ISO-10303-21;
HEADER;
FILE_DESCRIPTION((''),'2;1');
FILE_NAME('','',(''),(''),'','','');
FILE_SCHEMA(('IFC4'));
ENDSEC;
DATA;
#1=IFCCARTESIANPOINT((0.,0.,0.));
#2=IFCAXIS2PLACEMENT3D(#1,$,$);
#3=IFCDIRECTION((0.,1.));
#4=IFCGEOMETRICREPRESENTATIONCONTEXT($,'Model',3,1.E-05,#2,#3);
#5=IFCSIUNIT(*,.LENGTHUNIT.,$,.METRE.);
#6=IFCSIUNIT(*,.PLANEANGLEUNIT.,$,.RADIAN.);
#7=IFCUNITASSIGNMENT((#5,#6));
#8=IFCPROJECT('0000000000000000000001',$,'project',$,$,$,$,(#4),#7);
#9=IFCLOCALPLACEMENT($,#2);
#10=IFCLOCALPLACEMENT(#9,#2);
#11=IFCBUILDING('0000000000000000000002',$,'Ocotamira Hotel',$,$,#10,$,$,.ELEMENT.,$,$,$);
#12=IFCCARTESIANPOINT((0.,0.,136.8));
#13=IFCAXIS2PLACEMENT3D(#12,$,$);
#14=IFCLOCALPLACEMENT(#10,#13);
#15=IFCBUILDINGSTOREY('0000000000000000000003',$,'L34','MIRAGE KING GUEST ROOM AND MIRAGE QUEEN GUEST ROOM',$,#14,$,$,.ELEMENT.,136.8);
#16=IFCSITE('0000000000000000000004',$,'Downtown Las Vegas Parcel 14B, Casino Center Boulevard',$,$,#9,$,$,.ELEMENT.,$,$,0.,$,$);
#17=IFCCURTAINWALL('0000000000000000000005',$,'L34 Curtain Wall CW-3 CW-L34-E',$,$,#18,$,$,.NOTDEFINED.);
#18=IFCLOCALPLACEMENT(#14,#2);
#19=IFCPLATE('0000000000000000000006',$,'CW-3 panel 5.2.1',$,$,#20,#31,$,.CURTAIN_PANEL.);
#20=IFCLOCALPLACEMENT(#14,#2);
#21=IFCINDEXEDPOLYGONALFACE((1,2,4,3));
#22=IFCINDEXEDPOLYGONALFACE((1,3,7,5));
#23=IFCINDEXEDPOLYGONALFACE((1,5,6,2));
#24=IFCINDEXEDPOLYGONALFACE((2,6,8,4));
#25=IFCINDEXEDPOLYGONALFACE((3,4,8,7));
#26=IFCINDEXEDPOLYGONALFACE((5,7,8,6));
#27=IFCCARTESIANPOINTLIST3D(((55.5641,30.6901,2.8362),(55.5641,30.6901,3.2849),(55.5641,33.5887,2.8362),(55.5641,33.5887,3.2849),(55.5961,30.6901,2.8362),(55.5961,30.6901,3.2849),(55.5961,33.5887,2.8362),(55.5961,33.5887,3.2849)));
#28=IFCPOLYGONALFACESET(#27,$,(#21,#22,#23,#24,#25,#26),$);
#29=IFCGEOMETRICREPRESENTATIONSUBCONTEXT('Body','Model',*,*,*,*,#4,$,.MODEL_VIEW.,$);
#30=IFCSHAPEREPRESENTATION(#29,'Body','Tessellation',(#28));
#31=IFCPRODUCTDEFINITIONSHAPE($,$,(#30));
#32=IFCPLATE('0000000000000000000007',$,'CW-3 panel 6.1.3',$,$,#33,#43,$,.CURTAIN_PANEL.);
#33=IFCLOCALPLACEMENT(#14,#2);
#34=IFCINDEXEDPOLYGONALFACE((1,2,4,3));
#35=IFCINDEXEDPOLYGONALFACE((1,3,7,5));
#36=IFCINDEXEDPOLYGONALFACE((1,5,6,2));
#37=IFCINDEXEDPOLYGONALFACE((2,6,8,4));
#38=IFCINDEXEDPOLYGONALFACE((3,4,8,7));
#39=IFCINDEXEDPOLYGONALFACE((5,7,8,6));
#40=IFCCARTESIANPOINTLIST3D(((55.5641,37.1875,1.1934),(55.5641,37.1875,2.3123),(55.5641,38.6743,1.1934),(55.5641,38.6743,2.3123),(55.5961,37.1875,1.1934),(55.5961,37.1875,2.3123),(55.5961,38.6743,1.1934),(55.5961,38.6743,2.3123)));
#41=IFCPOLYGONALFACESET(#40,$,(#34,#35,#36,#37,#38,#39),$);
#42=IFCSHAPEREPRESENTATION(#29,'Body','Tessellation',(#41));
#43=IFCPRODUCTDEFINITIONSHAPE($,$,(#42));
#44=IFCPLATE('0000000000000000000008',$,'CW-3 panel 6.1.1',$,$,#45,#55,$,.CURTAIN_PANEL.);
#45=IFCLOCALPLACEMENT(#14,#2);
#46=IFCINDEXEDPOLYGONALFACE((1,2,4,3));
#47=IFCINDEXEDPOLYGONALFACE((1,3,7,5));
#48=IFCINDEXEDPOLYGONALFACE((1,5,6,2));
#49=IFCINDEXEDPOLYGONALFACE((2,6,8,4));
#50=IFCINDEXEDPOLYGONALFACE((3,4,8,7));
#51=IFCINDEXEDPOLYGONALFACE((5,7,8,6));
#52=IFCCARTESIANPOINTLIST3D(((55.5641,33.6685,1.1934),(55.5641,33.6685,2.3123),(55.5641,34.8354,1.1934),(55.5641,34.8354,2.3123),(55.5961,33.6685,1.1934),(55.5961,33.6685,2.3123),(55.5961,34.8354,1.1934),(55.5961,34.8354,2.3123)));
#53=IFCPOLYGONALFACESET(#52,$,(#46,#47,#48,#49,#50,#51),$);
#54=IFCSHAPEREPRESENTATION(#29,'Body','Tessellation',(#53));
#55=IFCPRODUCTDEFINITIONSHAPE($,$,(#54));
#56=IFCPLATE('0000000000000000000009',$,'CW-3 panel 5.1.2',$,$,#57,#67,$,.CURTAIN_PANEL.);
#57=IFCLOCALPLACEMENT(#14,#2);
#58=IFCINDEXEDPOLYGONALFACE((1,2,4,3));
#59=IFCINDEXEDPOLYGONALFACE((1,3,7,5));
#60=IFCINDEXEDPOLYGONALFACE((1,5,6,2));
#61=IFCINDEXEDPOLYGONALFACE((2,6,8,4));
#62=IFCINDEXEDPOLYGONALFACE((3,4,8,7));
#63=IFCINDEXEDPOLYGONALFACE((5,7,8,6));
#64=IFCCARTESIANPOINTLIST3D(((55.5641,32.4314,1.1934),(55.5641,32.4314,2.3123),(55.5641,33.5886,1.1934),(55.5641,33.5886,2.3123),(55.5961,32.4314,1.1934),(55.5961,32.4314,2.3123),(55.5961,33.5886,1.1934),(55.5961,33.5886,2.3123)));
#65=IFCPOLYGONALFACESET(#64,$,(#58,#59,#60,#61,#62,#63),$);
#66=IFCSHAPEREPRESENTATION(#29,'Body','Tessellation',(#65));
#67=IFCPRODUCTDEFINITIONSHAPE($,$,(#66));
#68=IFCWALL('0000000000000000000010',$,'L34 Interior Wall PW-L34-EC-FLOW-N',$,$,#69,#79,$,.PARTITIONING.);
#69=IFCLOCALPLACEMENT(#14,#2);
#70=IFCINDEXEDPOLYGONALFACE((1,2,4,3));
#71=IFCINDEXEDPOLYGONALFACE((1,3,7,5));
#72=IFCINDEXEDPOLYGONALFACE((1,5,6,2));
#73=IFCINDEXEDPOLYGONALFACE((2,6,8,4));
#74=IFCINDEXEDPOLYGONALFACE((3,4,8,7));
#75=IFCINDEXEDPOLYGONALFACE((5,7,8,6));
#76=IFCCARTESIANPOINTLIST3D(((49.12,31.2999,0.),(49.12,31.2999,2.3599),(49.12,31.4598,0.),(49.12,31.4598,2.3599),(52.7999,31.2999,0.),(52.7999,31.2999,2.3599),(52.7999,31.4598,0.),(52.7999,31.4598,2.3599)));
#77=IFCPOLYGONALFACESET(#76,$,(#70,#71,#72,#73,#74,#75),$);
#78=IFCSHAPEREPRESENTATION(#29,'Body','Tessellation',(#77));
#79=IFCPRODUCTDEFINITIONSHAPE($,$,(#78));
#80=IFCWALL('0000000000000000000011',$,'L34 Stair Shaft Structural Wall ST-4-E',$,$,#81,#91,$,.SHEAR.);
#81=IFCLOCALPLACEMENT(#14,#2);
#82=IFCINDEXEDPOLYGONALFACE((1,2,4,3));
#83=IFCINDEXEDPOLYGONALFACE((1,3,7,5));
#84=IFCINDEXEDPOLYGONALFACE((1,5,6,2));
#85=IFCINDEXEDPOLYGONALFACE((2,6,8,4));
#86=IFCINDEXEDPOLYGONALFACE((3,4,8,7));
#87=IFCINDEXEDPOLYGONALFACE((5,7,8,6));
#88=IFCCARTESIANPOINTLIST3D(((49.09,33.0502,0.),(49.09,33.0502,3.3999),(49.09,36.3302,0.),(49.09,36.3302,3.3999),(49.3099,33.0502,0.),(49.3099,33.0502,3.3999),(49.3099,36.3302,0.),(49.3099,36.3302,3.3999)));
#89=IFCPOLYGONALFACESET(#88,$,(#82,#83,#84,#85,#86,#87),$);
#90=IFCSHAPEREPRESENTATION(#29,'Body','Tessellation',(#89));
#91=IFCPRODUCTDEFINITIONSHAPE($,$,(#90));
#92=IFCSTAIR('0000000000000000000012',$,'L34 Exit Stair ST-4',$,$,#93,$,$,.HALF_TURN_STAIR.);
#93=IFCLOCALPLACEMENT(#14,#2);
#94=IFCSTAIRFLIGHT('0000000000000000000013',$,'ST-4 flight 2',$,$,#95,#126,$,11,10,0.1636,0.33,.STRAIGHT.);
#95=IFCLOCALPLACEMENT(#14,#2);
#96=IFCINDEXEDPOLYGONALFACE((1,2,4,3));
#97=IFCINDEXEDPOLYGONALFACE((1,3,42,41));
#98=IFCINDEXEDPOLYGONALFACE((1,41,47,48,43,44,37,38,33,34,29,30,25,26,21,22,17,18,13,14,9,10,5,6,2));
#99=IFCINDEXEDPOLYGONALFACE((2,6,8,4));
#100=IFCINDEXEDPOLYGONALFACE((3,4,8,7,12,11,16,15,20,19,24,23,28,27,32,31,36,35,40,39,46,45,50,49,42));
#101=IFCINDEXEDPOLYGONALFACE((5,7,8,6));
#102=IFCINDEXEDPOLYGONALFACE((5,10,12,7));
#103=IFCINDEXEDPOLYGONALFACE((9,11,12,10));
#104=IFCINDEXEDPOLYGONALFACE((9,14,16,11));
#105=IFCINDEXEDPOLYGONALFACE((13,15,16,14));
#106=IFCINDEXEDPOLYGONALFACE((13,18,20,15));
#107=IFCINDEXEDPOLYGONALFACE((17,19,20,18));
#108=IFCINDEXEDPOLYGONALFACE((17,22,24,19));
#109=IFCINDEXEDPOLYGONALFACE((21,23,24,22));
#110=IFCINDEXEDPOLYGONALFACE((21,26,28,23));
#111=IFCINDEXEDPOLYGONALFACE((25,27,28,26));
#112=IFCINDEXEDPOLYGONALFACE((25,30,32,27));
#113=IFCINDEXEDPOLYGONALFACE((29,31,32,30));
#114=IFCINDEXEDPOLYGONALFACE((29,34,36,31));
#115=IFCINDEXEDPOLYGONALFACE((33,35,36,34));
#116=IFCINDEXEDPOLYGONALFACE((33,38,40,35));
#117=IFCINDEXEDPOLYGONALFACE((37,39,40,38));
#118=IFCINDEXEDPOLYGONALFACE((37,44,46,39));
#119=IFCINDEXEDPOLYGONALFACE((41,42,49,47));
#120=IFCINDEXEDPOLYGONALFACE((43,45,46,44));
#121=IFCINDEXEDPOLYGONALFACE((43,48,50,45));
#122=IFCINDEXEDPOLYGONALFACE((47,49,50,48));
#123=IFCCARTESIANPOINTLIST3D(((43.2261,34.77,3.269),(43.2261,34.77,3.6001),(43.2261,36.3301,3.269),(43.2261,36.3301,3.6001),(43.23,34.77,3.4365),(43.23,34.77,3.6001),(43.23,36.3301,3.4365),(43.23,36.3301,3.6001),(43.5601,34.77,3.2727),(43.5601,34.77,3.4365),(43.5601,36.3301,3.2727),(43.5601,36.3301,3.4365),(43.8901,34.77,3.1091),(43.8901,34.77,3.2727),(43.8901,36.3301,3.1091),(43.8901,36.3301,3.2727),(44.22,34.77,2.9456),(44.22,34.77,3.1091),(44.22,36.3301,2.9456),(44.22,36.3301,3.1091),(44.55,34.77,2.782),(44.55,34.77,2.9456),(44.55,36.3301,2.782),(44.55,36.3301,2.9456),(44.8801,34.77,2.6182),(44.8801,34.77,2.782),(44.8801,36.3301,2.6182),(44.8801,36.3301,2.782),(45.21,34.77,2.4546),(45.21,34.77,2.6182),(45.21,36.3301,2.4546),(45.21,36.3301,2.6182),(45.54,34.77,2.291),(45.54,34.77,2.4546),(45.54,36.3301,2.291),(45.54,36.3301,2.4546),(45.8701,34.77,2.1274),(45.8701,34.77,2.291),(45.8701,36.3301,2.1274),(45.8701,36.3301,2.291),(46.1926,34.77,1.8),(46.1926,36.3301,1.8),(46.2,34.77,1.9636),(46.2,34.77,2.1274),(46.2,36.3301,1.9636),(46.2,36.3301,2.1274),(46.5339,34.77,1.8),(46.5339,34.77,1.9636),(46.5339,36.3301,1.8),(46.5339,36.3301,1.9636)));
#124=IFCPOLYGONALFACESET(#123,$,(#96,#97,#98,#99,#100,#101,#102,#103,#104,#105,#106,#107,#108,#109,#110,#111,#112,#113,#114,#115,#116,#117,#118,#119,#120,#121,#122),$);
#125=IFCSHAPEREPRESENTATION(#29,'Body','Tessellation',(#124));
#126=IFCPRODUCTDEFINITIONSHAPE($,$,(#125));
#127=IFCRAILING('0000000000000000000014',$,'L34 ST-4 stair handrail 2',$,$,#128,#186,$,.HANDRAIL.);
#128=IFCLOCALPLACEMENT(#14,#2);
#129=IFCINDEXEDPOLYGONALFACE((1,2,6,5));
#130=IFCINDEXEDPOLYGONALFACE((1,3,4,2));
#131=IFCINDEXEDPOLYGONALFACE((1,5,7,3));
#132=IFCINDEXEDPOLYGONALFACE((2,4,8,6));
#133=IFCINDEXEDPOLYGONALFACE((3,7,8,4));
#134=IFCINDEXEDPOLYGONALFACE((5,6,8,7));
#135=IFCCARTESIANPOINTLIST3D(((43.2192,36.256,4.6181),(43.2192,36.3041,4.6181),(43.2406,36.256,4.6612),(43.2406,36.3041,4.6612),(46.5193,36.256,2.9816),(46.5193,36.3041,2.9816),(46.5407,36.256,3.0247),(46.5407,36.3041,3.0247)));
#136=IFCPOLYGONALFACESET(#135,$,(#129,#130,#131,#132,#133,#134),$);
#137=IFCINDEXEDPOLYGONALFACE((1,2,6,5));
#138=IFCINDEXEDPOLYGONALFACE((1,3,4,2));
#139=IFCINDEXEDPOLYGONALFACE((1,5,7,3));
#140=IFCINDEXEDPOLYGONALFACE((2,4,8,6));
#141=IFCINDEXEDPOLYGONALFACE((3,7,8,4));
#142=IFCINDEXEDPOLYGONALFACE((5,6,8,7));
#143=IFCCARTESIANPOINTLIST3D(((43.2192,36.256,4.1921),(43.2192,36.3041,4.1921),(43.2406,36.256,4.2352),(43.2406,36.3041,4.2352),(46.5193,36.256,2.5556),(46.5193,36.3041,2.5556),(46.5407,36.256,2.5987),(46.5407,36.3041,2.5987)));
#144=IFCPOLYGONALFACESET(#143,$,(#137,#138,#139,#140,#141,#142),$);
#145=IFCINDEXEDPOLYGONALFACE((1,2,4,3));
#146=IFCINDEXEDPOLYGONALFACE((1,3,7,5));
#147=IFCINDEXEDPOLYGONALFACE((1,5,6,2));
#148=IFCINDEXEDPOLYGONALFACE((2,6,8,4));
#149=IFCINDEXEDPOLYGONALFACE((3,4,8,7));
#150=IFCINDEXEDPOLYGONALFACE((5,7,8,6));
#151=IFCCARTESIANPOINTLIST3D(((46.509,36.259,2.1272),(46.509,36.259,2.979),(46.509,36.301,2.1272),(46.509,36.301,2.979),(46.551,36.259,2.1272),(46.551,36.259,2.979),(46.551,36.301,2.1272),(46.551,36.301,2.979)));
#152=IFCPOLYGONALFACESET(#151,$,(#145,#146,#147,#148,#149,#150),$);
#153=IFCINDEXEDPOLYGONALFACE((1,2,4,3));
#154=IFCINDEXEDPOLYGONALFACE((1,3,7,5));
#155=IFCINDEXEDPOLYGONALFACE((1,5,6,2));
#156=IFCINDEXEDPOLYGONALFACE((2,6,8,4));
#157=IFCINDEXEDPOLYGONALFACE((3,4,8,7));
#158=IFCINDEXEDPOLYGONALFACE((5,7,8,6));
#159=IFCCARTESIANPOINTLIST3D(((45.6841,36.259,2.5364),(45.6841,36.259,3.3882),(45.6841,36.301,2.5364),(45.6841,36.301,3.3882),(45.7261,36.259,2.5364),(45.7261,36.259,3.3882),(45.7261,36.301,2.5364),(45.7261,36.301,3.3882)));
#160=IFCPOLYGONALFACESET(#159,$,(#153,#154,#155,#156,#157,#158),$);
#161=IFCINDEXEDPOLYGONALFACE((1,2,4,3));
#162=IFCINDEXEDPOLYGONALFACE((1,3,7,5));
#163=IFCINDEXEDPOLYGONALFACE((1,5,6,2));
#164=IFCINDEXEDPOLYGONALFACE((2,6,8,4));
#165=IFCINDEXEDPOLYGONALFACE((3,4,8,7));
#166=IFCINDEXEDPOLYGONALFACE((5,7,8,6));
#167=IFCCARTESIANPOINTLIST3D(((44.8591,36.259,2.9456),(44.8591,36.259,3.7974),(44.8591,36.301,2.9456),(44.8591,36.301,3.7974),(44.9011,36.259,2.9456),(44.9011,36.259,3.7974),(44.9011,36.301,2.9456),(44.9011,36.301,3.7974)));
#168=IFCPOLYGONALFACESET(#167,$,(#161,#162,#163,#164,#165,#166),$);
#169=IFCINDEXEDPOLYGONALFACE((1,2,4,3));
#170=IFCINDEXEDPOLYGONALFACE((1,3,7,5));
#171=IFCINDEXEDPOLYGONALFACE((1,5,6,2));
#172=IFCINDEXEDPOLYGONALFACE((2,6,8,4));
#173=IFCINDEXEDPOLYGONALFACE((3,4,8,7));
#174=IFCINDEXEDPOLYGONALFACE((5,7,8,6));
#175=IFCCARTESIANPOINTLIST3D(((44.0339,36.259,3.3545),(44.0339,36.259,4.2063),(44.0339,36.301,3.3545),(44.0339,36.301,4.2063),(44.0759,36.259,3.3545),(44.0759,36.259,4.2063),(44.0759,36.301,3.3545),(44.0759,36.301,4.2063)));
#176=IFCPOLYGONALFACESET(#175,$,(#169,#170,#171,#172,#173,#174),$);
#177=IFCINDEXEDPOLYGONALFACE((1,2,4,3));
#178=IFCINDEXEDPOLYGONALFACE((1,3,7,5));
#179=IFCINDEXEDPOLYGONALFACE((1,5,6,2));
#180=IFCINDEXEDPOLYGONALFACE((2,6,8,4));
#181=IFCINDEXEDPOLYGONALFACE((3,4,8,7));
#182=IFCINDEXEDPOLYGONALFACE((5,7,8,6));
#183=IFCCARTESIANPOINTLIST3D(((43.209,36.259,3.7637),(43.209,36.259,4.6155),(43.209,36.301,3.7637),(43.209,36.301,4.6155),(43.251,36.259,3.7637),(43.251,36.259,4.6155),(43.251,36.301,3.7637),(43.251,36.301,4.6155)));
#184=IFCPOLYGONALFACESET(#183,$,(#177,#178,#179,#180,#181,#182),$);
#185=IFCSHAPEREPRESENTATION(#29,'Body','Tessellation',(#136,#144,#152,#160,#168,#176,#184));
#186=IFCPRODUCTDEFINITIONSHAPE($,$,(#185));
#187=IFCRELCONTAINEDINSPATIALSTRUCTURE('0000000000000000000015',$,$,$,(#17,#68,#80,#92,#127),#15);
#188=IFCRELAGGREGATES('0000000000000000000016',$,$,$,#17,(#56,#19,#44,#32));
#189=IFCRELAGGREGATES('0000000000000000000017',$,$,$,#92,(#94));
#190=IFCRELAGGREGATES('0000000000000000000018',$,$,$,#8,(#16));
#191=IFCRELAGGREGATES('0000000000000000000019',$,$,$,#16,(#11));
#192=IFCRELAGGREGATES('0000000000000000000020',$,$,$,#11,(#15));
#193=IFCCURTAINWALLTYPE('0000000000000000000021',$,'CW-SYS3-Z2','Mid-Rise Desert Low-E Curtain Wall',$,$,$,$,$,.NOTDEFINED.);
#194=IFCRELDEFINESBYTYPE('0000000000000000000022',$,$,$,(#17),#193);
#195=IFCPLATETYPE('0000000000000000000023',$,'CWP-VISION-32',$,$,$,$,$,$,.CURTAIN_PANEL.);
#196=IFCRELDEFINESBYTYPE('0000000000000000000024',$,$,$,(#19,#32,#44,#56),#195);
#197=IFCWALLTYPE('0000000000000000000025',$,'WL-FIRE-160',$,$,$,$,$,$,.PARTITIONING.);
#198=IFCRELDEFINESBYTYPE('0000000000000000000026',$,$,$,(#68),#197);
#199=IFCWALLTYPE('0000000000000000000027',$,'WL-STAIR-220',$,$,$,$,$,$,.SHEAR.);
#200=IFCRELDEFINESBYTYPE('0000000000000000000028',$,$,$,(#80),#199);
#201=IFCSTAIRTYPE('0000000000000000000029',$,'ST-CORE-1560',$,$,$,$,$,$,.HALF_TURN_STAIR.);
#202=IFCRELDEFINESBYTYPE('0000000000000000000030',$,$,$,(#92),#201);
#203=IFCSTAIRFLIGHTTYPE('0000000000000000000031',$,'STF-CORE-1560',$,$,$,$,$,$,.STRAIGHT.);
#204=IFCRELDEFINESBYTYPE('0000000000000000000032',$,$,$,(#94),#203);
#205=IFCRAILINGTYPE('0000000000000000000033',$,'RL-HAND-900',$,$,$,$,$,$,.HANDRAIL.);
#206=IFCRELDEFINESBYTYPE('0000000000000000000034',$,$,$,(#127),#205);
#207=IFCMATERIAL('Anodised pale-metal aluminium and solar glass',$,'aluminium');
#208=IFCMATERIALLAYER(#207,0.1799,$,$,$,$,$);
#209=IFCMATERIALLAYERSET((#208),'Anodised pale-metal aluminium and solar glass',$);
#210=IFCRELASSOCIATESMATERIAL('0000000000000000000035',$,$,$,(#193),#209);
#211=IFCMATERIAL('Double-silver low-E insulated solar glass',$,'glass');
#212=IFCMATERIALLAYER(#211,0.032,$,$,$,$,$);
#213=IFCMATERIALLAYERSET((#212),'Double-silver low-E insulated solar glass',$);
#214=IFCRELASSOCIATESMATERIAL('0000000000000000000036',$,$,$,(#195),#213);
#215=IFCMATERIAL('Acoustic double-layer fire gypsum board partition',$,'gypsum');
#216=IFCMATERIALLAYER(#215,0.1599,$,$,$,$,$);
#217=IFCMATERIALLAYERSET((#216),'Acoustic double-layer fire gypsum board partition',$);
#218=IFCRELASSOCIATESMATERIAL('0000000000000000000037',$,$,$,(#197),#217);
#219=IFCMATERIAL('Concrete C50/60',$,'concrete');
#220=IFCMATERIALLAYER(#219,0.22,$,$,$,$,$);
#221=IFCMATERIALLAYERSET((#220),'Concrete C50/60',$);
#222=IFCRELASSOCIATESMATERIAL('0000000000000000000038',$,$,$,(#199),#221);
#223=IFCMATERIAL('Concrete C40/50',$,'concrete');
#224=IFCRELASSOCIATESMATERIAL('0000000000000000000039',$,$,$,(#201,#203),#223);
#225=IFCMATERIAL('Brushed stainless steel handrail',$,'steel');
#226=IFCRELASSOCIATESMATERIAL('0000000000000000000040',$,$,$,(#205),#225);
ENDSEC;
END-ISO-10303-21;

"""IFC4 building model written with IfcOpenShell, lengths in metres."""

from ifc_helpers import new_model, si_unit, direction, frame, frame_2d, origin, origin_2d, place, context, subcontext, project, spatial, polyline, rectangle, outline, extrude, source, transform, mapped, material, layer, layer_set, type_object, element, aggregate, save


model = new_model("IFC4")

# Units and contexts
model_context = context("Model", 3, precision=1e-05, world=origin(), true_north=direction((0.0, 1.0)))
body_context = subcontext(model_context, "Body", "Model", "MODEL_VIEW")
ifc_project = project(units=[si_unit("LENGTHUNIT", "METRE"), si_unit("PLANEANGLEUNIT", "RADIAN")], contexts=[model_context])

# Site, building, storey
site_placement = place(None, origin())
site = spatial("IfcSite", under=ifc_project, at=site_placement, Name="Downtown Las Vegas Parcel 14B, Casino Center Boulevard", CompositionType="ELEMENT", RefElevation=0.0)
building_placement = place(site_placement, origin())
building = spatial("IfcBuilding", under=site, at=building_placement, Name="Ocotamira Hotel", CompositionType="ELEMENT")
storey_placement = place(building_placement, frame((0.0, 0.0, 136.8)))
storey = spatial("IfcBuildingStorey", under=building, at=storey_placement, Name="L34", Description="MIRAGE KING GUEST ROOM AND MIRAGE QUEEN GUEST ROOM", CompositionType="ELEMENT", Elevation=136.8)

# Curtain wall
ifc_material_1 = material(Name="Anodised pale-metal aluminium and solar glass", Category="aluminium")
ifc_layer_1 = layer(ifc_material_1, 0.1799)
ifc_layer_set_1 = layer_set([ifc_layer_1], Name="Anodised pale-metal aluminium and solar glass")
curtain_wall_type = type_object("IfcCurtainWallType", Name="CW-SYS3-Z2", Description="Mid-Rise Desert Low-E Curtain Wall", PredefinedType="NOTDEFINED", material=ifc_layer_set_1)
curtain_wall_placement = place(storey_placement, origin())
curtain_wall = element("IfcCurtainWall", 1, at=curtain_wall_placement, inside=storey, type_object=curtain_wall_type, Name="L34 Curtain Wall CW-3 CW-L34-E", PredefinedType="NOTDEFINED")

# Plates
ifc_material_2 = material(Name="Double-silver low-E insulated solar glass", Category="glass")
ifc_layer_2 = layer(ifc_material_2, 0.032)
ifc_layer_set_2 = layer_set([ifc_layer_2], Name="Double-silver low-E insulated solar glass")
plate_type_1 = type_object("IfcPlateType", Name="CWP-VISION-32", PredefinedType="CURTAIN_PANEL", material=ifc_layer_set_2)
shared_shape_1 = source(origin(), body_context, "Body", "SweptSolid", [
    extrude(rectangle(XDim=2.8987, YDim=0.032, at=origin_2d()), origin(), (0.0, 0.0, 1.0), 0.4487),
])
plate_1_placement = place(storey_placement, frame((55.5801, 32.1394, 2.8362), z_axis=(0.0, 0.0, 1.0), x_axis=(0.0, 1.0, 0.0)))
plate_1 = element("IfcPlate", 2, at=plate_1_placement, type_object=plate_type_1, Name="CW-3 panel 5.2.1", PredefinedType="CURTAIN_PANEL", context=body_context, shape_type="MappedRepresentation", body=[
    mapped(shared_shape_1, transform((0.0, 0.0, 0.0), scale=1.0)),
])
shared_shape_2 = source(origin(), body_context, "Body", "SweptSolid", [
    extrude(rectangle(XDim=1.4868, YDim=0.032, at=origin_2d()), origin(), (0.0, 0.0, 1.0), 1.1189),
])
plate_2_placement = place(storey_placement, frame((55.5801, 37.9309, 1.1934), z_axis=(0.0, 0.0, 1.0), x_axis=(0.0, 1.0, 0.0)))
plate_2 = element("IfcPlate", 3, at=plate_2_placement, type_object=plate_type_1, Name="CW-3 panel 6.1.3", PredefinedType="CURTAIN_PANEL", context=body_context, shape_type="MappedRepresentation", body=[
    mapped(shared_shape_2, transform((0.0, 0.0, 0.0), scale=1.0)),
])
shared_shape_3 = source(origin(), body_context, "Body", "SweptSolid", [
    extrude(rectangle(XDim=1.167, YDim=0.032, at=origin_2d()), origin(), (0.0, 0.0, 1.0), 1.1189),
])
plate_3_placement = place(storey_placement, frame((55.5801, 34.252, 1.1934), z_axis=(0.0, 0.0, 1.0), x_axis=(0.0, 1.0, 0.0)))
plate_3 = element("IfcPlate", 4, at=plate_3_placement, type_object=plate_type_1, Name="CW-3 panel 6.1.1", PredefinedType="CURTAIN_PANEL", context=body_context, shape_type="MappedRepresentation", body=[
    mapped(shared_shape_3, transform((0.0, 0.0, 0.0), scale=1.0)),
])
shared_shape_4 = source(origin(), body_context, "Body", "SweptSolid", [
    extrude(rectangle(XDim=1.1572, YDim=0.032, at=origin_2d()), origin(), (0.0, 0.0, 1.0), 1.1189),
])
plate_4_placement = place(storey_placement, frame((55.5801, 33.01, 1.1934), z_axis=(0.0, 0.0, 1.0), x_axis=(0.0, 1.0, 0.0)))
plate_4 = element("IfcPlate", 5, at=plate_4_placement, type_object=plate_type_1, Name="CW-3 panel 5.1.2", PredefinedType="CURTAIN_PANEL", context=body_context, shape_type="MappedRepresentation", body=[
    mapped(shared_shape_4, transform((0.0, 0.0, 0.0), scale=1.0)),
])
aggregate(curtain_wall, [plate_4, plate_1, plate_3, plate_2])

# Wall
ifc_material_3 = material(Name="Acoustic double-layer fire gypsum board partition", Category="gypsum")
ifc_layer_3 = layer(ifc_material_3, 0.1599)
ifc_layer_set_3 = layer_set([ifc_layer_3], Name="Acoustic double-layer fire gypsum board partition")
wall_type_1 = type_object("IfcWallType", Name="WL-FIRE-160", PredefinedType="PARTITIONING", material=ifc_layer_set_3)
wall_1_placement = place(storey_placement, frame((49.1201, 31.3799, 0.0), z_axis=(0.0, 0.0, 1.0), x_axis=(1.0, 0.0, 0.0)))
element("IfcWall", 6, at=wall_1_placement, inside=storey, type_object=wall_type_1, Name="L34 Interior Wall PW-L34-EC-FLOW-N", PredefinedType="PARTITIONING", context=body_context, shape_type="SweptSolid", body=[
    extrude(rectangle(XDim=3.6799, YDim=0.1599, at=frame_2d((1.8398, 0.0))), origin(), (0.0, 0.0, 1.0), 2.3599),
])

# Wall
ifc_material_4 = material(Name="Concrete C50/60", Category="concrete")
ifc_layer_4 = layer(ifc_material_4, 0.22)
ifc_layer_set_4 = layer_set([ifc_layer_4], Name="Concrete C50/60")
wall_type_2 = type_object("IfcWallType", Name="WL-STAIR-220", PredefinedType="SHEAR", material=ifc_layer_set_4)
wall_2_placement = place(storey_placement, frame((49.2, 33.05, 0.0), z_axis=(0.0, 0.0, 1.0), x_axis=(0.0, 1.0, 0.0)))
element("IfcWall", 7, at=wall_2_placement, inside=storey, type_object=wall_type_2, Name="L34 Stair Shaft Structural Wall ST-4-E", PredefinedType="SHEAR", context=body_context, shape_type="SweptSolid", body=[
    extrude(rectangle(XDim=3.28, YDim=0.22, at=frame_2d((1.6401, 0.0))), origin(), (0.0, 0.0, 1.0), 3.3999),
])

# Stair, stair flight
ifc_material_5 = material(Name="Concrete C40/50", Category="concrete")
stair_type = type_object("IfcStairType", Name="ST-CORE-1560", PredefinedType="HALF_TURN_STAIR", material=ifc_material_5)
stair_placement = place(storey_placement, origin())
stair = element("IfcStair", 8, at=stair_placement, inside=storey, type_object=stair_type, Name="L34 Exit Stair ST-4", PredefinedType="HALF_TURN_STAIR")
stair_flight_type = type_object("IfcStairFlightType", Name="STF-CORE-1560", PredefinedType="STRAIGHT", material=ifc_material_5)
shared_shape_5 = source(origin(), body_context, "Body", "SweptSolid", [
    extrude(outline(polyline([(-0.0039, 0.0), (-0.0039, 0.1636), (0.3301, 0.1636), (0.3301, 0.3274), (0.6599, 0.3274), (0.6599, 0.491), (0.99, 0.491), (0.99, 0.6545), (1.3201, 0.6545), (1.3201, 0.8181), (1.6499, 0.8181), (1.6499, 0.9819), (1.98, 0.9819), (1.98, 1.1455), (2.3101, 1.1455), (2.3101, 1.3091), (2.6399, 1.3091), (2.6399, 1.4727), (2.97, 1.4727), (2.97, 1.6365), (3.3, 1.6365), (3.3, 1.8), (3.304, 1.8), (3.304, 1.469), (0.3374, 0.0), (-0.0039, 0.0)])), frame((0.0, 0.78, 0.0), z_axis=(0.0, -1.0, 0.0), x_axis=(1.0, 0.0, 0.0)), (0.0, 0.0, 1.0), 1.5601),
])
stair_flight_placement = place(storey_placement, frame((46.53, 35.55, 1.8), z_axis=(0.0, 0.0, 1.0), x_axis=(-1.0, 0.0, 0.0)))
stair_flight = element("IfcStairFlight", 9, at=stair_flight_placement, type_object=stair_flight_type, Name="ST-4 flight 2", NumberOfRisers=11, NumberOfTreads=10, PredefinedType="STRAIGHT", RiserHeight=0.1636, TreadLength=0.33, context=body_context, shape_type="MappedRepresentation", body=[
    mapped(shared_shape_5, transform((0.0, 0.0, 0.0), scale=1.0)),
])
aggregate(stair, [stair_flight])

# Railing
ifc_material_6 = material(Name="Brushed stainless steel handrail", Category="steel")
railing_type_1 = type_object("IfcRailingType", Name="RL-HAND-900", PredefinedType="HANDRAIL", material=ifc_material_6)
railing_1_placement = place(storey_placement, frame((46.53, 36.28, 2.1272)))
element("IfcRailing", 10, at=railing_1_placement, inside=storey, type_object=railing_type_1, Name="L34 ST-4 stair handrail 2", PredefinedType="HANDRAIL", context=body_context, shape_type="SweptSolid", body=[
    extrude(rectangle(XDim=0.0481, YDim=0.0481, at=origin_2d()), frame((0.0, 0.0, 0.876), z_axis=(-0.895894, 0.0, 0.444268), x_axis=(0.0, -1.0, 0.0)), (0.0, 0.0, 1.0), 3.6836),
    extrude(rectangle(XDim=0.0481, YDim=0.0481, at=origin_2d()), frame((0.0, 0.0, 0.45), z_axis=(-0.895894, 0.0, 0.444268), x_axis=(0.0, -1.0, 0.0)), (0.0, 0.0, 1.0), 3.6836),
    extrude(rectangle(XDim=0.042, YDim=0.042, at=origin_2d()), origin(), (0.0, 0.0, 1.0), 0.8518),
    extrude(rectangle(XDim=0.042, YDim=0.042, at=origin_2d()), frame((-0.825, 0.0, 0.4092)), (0.0, 0.0, 1.0), 0.8518),
    extrude(rectangle(XDim=0.042, YDim=0.042, at=origin_2d()), frame((-1.6499, 0.0, 0.8184)), (0.0, 0.0, 1.0), 0.8518),
    extrude(rectangle(XDim=0.042, YDim=0.042, at=origin_2d()), frame((-2.4751, 0.0, 1.2273)), (0.0, 0.0, 1.0), 0.8518),
    extrude(rectangle(XDim=0.042, YDim=0.042, at=origin_2d()), frame((-3.3, 0.0, 1.6365)), (0.0, 0.0, 1.0), 0.8518),
])

save(model, "model.ifc")
